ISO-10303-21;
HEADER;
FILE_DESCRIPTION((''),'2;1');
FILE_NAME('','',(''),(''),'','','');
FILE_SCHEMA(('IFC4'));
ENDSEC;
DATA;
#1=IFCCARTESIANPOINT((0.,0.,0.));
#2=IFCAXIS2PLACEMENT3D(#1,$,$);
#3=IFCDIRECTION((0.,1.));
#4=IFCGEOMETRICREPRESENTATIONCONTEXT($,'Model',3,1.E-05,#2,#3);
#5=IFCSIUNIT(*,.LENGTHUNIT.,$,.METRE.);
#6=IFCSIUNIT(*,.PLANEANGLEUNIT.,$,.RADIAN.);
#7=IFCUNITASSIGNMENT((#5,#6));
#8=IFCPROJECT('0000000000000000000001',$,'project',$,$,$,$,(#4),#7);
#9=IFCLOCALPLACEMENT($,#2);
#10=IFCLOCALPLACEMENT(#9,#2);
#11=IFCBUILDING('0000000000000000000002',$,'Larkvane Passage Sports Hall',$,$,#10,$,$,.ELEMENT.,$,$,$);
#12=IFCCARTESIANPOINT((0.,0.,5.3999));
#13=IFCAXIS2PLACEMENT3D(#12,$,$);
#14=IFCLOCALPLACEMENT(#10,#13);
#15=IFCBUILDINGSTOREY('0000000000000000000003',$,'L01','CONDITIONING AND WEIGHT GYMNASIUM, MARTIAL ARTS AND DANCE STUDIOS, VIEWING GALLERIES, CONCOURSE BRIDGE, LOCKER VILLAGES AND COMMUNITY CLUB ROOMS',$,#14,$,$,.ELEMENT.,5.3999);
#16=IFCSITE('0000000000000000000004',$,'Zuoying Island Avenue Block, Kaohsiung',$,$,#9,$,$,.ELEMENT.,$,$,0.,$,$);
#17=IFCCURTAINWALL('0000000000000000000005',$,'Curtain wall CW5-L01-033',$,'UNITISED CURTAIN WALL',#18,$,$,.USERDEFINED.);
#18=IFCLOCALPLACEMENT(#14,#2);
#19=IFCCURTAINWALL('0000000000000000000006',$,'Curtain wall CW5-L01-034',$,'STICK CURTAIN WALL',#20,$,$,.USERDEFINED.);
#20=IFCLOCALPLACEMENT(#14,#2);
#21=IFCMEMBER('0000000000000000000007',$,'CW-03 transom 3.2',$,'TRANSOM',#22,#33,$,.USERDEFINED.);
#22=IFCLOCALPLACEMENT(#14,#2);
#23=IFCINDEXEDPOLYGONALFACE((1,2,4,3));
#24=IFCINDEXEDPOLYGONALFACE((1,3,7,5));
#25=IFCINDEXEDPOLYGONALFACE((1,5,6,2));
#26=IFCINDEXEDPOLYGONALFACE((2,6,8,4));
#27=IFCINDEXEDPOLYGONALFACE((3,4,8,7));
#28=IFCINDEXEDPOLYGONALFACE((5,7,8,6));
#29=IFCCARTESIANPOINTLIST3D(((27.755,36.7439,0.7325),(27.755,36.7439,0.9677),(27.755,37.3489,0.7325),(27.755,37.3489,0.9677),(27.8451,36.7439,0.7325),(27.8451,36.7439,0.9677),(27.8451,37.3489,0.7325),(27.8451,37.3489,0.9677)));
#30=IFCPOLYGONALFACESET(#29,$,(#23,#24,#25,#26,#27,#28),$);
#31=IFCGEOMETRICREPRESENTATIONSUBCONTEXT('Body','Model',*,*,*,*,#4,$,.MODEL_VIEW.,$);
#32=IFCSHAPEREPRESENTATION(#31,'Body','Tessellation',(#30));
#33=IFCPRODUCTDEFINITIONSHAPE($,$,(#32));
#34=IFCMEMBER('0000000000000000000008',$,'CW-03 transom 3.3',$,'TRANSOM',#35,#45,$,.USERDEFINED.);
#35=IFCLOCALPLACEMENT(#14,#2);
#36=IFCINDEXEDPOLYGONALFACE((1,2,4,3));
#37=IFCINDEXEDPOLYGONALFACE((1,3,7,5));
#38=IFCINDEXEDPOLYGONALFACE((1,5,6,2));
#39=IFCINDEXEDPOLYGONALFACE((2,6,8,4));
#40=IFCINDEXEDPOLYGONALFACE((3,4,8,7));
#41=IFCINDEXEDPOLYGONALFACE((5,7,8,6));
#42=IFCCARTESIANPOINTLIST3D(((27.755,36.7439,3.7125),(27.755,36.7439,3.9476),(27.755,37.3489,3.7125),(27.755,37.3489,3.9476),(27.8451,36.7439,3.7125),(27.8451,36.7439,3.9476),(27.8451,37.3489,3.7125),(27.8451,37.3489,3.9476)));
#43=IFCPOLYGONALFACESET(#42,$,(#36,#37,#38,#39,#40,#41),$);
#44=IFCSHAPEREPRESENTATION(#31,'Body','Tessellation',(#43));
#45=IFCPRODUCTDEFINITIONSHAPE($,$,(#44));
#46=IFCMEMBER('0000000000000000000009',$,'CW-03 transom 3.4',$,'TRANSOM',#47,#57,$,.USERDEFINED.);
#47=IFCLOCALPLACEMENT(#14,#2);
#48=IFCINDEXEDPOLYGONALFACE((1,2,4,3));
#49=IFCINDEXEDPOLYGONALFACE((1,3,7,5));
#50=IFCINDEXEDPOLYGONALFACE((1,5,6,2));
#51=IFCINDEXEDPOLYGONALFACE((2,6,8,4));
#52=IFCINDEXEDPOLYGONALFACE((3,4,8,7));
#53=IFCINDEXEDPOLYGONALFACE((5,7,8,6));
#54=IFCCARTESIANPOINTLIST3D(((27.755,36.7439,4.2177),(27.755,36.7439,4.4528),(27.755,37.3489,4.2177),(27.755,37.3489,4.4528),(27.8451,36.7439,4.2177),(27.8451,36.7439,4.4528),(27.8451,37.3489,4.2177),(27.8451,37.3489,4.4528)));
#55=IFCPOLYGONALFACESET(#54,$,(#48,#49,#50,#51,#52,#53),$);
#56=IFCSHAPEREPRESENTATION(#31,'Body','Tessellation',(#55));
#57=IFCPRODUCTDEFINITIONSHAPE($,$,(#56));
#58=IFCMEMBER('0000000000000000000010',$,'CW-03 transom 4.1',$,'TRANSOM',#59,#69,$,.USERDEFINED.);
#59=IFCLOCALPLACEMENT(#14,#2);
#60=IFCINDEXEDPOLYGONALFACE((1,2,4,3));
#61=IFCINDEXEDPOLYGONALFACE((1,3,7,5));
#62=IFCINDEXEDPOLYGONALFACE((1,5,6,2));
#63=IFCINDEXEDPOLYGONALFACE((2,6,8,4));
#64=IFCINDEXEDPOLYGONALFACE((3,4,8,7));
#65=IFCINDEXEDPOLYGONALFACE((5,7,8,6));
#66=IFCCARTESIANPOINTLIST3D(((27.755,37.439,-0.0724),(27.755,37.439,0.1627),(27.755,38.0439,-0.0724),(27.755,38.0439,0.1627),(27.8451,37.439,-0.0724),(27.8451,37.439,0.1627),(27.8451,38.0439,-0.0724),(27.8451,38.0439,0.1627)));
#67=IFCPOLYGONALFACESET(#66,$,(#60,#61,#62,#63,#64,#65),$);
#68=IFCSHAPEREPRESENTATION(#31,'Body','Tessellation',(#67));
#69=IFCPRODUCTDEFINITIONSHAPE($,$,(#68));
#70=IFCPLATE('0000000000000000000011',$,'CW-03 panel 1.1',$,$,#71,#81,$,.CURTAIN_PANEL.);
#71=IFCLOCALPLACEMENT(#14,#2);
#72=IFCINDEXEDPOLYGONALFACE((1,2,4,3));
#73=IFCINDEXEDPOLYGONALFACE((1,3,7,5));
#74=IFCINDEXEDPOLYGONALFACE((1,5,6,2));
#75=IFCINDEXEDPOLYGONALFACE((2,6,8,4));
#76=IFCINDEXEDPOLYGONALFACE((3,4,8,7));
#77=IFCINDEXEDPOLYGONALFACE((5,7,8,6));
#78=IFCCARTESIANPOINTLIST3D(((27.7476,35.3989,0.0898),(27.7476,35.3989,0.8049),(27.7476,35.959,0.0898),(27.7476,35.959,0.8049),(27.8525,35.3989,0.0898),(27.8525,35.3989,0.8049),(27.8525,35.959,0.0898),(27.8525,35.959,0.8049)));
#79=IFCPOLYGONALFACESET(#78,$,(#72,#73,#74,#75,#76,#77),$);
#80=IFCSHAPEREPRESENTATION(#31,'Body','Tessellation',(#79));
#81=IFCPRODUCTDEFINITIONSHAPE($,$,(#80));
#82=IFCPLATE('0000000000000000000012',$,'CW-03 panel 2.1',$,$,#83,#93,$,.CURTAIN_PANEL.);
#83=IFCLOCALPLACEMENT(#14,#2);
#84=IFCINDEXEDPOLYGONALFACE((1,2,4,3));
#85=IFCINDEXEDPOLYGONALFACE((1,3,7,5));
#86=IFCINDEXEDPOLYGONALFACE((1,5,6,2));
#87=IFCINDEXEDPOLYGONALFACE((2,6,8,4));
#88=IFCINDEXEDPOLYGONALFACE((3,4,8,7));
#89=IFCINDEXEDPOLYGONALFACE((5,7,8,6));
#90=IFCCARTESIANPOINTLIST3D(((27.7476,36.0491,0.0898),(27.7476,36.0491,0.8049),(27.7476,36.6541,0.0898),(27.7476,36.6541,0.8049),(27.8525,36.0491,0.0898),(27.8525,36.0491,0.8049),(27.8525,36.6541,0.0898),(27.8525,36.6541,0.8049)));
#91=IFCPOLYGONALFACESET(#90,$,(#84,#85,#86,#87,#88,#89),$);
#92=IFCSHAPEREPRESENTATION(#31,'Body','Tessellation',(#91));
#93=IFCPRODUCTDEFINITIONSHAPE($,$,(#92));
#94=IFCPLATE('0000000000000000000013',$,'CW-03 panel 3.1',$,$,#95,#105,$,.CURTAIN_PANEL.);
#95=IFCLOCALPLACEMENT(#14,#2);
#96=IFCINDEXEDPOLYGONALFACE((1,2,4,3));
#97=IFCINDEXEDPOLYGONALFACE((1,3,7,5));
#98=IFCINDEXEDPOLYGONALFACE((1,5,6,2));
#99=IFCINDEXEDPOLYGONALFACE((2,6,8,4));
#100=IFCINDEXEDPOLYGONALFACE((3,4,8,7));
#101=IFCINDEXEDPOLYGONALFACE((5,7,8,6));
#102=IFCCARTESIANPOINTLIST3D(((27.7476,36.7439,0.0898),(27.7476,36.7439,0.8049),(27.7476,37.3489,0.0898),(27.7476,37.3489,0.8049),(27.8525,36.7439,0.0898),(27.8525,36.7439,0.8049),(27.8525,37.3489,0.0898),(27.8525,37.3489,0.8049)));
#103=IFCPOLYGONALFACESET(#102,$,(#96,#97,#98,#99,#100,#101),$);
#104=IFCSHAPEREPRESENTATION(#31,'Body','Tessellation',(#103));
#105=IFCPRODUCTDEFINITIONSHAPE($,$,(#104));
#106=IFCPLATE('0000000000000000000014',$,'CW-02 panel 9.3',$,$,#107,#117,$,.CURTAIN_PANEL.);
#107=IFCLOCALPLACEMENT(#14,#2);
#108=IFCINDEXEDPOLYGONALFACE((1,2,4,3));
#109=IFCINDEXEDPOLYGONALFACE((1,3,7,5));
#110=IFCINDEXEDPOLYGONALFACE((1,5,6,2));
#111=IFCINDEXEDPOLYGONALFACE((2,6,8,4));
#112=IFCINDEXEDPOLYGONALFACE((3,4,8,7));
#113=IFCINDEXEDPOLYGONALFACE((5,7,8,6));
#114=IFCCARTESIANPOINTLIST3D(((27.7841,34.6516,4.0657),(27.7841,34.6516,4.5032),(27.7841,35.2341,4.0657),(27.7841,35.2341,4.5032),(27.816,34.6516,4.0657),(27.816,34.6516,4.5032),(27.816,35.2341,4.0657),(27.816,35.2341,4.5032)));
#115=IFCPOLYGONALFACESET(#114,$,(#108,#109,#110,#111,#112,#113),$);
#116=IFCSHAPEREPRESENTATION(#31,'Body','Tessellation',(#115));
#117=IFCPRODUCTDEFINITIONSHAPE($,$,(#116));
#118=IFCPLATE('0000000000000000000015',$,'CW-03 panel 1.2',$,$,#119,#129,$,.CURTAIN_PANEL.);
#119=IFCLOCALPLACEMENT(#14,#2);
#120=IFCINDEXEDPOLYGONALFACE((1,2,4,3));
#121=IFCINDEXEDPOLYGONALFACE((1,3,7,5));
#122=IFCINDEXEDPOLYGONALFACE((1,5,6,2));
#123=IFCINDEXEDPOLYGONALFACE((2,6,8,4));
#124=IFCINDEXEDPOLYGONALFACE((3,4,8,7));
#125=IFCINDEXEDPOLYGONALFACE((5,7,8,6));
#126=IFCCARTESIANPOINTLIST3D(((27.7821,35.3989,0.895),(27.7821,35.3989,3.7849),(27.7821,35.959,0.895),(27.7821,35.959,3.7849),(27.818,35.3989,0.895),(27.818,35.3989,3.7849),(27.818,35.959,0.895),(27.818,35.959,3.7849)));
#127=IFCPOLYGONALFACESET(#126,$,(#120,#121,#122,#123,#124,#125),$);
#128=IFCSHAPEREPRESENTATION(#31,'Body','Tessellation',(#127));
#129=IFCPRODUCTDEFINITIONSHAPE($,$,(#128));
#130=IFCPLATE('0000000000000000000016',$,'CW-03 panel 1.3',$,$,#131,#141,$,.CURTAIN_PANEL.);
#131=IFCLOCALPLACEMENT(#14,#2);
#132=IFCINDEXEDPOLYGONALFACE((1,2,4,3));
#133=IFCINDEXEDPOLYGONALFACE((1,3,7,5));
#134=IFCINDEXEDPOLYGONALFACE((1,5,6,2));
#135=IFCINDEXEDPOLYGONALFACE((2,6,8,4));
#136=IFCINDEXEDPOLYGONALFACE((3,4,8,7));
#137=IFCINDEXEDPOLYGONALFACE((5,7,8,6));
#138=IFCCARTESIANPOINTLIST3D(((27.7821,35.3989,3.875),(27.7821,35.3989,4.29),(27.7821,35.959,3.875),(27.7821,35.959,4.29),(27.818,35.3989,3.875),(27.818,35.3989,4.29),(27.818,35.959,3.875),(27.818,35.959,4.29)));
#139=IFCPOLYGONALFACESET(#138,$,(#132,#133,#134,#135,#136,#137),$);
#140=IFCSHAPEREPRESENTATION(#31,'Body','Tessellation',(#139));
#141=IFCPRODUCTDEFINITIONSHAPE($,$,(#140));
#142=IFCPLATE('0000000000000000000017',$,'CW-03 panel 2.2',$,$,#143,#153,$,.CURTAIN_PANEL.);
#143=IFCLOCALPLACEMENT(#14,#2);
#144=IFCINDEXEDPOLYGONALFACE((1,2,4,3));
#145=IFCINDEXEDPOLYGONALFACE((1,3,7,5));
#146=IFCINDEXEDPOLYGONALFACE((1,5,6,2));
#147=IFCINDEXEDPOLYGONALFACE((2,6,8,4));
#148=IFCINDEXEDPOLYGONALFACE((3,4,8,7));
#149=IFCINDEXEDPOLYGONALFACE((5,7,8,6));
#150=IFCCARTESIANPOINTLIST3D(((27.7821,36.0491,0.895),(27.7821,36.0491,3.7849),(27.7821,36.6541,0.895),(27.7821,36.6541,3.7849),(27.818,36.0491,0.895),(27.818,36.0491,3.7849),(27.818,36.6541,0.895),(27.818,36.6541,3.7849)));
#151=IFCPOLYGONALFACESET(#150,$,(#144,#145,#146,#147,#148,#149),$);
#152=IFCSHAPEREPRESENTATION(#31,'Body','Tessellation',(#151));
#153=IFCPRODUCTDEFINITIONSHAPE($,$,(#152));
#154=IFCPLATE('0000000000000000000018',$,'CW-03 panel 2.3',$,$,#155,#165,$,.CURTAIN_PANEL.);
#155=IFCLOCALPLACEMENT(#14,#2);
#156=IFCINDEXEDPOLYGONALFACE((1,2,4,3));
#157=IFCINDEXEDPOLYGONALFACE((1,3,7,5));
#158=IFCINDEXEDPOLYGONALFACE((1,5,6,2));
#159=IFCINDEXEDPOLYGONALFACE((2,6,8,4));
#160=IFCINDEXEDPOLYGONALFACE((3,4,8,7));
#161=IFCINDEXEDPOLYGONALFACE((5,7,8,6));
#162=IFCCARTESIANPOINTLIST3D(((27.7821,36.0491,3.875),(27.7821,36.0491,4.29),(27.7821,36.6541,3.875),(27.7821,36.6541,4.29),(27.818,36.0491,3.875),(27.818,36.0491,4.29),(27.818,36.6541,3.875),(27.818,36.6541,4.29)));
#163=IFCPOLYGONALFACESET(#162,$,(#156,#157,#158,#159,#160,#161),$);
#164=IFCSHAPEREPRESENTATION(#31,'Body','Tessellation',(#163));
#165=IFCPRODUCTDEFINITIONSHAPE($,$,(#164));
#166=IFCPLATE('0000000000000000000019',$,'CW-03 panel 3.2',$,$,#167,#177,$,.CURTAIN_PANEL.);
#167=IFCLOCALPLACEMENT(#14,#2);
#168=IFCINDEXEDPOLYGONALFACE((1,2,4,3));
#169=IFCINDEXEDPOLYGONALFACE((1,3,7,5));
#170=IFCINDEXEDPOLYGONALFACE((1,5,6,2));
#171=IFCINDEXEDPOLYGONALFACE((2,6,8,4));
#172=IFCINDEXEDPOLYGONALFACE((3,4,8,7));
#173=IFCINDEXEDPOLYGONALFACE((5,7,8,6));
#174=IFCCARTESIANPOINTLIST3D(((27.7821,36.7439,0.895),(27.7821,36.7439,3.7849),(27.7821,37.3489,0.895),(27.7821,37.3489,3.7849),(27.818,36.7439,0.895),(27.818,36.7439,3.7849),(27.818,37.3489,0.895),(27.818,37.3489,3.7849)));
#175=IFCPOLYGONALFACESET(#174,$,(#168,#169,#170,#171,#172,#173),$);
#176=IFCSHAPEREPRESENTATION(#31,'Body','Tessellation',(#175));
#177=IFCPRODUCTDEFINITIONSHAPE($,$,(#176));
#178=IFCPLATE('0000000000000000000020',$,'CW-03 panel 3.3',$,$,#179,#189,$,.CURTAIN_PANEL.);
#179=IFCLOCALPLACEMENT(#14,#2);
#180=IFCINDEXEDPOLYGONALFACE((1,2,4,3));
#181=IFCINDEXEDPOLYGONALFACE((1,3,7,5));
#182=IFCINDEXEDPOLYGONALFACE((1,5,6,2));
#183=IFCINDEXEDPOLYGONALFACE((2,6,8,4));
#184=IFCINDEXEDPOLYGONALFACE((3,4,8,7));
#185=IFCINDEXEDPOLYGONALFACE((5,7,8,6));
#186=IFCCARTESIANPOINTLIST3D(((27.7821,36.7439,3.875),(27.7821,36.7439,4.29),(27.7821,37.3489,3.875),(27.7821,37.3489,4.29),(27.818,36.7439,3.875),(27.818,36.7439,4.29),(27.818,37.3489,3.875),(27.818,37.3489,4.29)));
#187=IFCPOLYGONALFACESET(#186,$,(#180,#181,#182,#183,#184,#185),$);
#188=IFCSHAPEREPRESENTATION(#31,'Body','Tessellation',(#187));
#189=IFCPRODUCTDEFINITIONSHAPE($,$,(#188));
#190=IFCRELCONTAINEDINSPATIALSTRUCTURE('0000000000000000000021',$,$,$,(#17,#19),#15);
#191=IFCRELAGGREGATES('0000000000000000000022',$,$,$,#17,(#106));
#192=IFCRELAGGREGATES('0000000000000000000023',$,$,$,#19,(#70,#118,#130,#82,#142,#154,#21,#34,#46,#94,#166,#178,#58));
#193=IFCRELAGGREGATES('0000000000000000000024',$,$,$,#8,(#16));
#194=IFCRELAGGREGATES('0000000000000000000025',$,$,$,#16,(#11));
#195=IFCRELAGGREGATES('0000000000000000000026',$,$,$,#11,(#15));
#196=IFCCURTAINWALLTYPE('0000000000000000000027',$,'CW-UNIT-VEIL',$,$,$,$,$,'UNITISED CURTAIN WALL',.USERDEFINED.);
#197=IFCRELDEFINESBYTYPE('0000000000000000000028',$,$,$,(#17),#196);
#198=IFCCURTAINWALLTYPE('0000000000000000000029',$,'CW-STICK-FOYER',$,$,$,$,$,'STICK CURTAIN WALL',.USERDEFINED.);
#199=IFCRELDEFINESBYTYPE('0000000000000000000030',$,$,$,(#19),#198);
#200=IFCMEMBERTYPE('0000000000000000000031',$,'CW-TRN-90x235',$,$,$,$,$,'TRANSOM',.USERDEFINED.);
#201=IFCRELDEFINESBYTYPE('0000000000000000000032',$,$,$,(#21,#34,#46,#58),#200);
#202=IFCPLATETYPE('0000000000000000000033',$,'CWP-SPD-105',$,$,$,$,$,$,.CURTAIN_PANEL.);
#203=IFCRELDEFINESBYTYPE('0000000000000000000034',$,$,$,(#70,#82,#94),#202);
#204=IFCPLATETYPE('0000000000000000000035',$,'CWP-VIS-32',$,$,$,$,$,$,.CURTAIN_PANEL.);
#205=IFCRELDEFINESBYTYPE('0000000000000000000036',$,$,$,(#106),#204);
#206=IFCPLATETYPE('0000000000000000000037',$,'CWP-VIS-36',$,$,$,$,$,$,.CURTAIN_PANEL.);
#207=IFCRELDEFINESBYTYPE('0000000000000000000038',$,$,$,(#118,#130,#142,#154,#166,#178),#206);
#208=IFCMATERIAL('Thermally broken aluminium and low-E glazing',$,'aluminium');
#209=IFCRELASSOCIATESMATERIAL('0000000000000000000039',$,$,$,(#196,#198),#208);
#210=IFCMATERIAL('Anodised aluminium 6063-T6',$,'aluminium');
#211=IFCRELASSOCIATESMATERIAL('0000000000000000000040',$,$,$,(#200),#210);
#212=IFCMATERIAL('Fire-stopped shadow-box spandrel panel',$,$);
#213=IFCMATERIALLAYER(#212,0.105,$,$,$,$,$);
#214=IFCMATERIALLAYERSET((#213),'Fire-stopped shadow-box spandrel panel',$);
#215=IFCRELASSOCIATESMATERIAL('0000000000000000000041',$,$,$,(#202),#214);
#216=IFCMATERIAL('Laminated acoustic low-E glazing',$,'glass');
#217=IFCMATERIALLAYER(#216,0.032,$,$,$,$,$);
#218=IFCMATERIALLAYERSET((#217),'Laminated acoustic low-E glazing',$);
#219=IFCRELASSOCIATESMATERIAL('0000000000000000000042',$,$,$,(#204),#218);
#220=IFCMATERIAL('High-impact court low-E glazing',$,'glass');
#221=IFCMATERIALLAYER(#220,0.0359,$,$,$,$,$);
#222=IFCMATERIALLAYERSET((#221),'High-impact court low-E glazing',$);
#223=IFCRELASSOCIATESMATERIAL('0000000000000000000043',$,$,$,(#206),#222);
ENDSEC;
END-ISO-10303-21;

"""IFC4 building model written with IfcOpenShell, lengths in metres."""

from ifc_helpers import new_model, si_unit, direction, frame, origin, origin_2d, place, context, subcontext, project, spatial, rectangle, extrude, material, layer, layer_set, material_profile, profile_set, type_object, element, aggregate, save


model = new_model("IFC4")

# Units and contexts
model_context = context("Model", 3, precision=1e-05, world=origin(), true_north=direction((0.0, 1.0)))
body_context = subcontext(model_context, "Body", "Model", "MODEL_VIEW")
ifc_project = project(units=[si_unit("LENGTHUNIT", "METRE"), si_unit("PLANEANGLEUNIT", "RADIAN")], contexts=[model_context])

# Site, building, storey
site_placement = place(None, origin())
site = spatial("IfcSite", under=ifc_project, at=site_placement, Name="Zuoying Island Avenue Block, Kaohsiung", CompositionType="ELEMENT", RefElevation=0.0)
building_placement = place(site_placement, origin())
building = spatial("IfcBuilding", under=site, at=building_placement, Name="Larkvane Passage Sports Hall", CompositionType="ELEMENT")
storey_placement = place(building_placement, frame((0.0, 0.0, 5.3999)))
storey = spatial("IfcBuildingStorey", under=building, at=storey_placement, Name="L01", Description="CONDITIONING AND WEIGHT GYMNASIUM, MARTIAL ARTS AND DANCE STUDIOS, VIEWING GALLERIES, CONCOURSE BRIDGE, LOCKER VILLAGES AND COMMUNITY CLUB ROOMS", CompositionType="ELEMENT", Elevation=5.3999)

# Curtain wall
ifc_material_1 = material(Name="Thermally broken aluminium and low-E glazing", Category="aluminium")
curtain_wall_type_1 = type_object("IfcCurtainWallType", Name="CW-UNIT-VEIL", ElementType="UNITISED CURTAIN WALL", PredefinedType="USERDEFINED", material=ifc_material_1)
curtain_wall_1_placement = place(storey_placement, origin())
curtain_wall_1 = element("IfcCurtainWall", 1, at=curtain_wall_1_placement, inside=storey, type_object=curtain_wall_type_1, Name="Curtain wall CW5-L01-033", ObjectType="UNITISED CURTAIN WALL", PredefinedType="USERDEFINED")
ifc_material_2 = material(Name="Anodised aluminium 6063-T6", Category="aluminium")

# Curtain wall, members, plates
curtain_wall_type_2 = type_object("IfcCurtainWallType", Name="CW-STICK-FOYER", ElementType="STICK CURTAIN WALL", PredefinedType="USERDEFINED", material=ifc_material_1)
curtain_wall_2_placement = place(storey_placement, origin())
curtain_wall_2 = element("IfcCurtainWall", 2, at=curtain_wall_2_placement, inside=storey, type_object=curtain_wall_type_2, Name="Curtain wall CW5-L01-034", ObjectType="STICK CURTAIN WALL", PredefinedType="USERDEFINED")
ifc_material_profile_1 = material_profile(ifc_material_2, rectangle(XDim=0.0901, YDim=0.2351, at=origin_2d()), Name="ALU-TRN-90x235")
ifc_profile_set_1 = profile_set([ifc_material_profile_1], Name="Anodised aluminium 6063-T6")
member_type_1 = type_object("IfcMemberType", Name="CW-TRN-90x235", ElementType="TRANSOM", PredefinedType="USERDEFINED", material=ifc_profile_set_1)
member_1_placement = place(storey_placement, frame((27.8, 36.7439, 0.8501), z_axis=(0.0, 1.0, 0.0), x_axis=(-1.0, 0.0, 0.0)))
member_1 = element("IfcMember", 3, at=member_1_placement, type_object=member_type_1, Name="CW-03 transom 3.2", ObjectType="TRANSOM", PredefinedType="USERDEFINED", context=body_context, shape_type="SweptSolid", body=[
    extrude(rectangle(XDim=0.0901, YDim=0.2351, at=origin_2d()), origin(), (0.0, 0.0, 1.0), 0.605),
])
member_2_placement = place(storey_placement, frame((27.8, 36.7439, 3.8301), z_axis=(0.0, 1.0, 0.0), x_axis=(-1.0, 0.0, 0.0)))
member_2 = element("IfcMember", 4, at=member_2_placement, type_object=member_type_1, Name="CW-03 transom 3.3", ObjectType="TRANSOM", PredefinedType="USERDEFINED", context=body_context, shape_type="SweptSolid", body=[
    extrude(rectangle(XDim=0.0901, YDim=0.2351, at=origin_2d()), origin(), (0.0, 0.0, 1.0), 0.605),
])
member_3_placement = place(storey_placement, frame((27.8, 36.7439, 4.3352), z_axis=(0.0, 1.0, 0.0), x_axis=(-1.0, 0.0, 0.0)))
member_3 = element("IfcMember", 5, at=member_3_placement, type_object=member_type_1, Name="CW-03 transom 3.4", ObjectType="TRANSOM", PredefinedType="USERDEFINED", context=body_context, shape_type="SweptSolid", body=[
    extrude(rectangle(XDim=0.0901, YDim=0.2351, at=origin_2d()), origin(), (0.0, 0.0, 1.0), 0.605),
])
member_4_placement = place(storey_placement, frame((27.8, 37.439, 0.0452), z_axis=(0.0, 1.0, 0.0), x_axis=(-1.0, 0.0, 0.0)))
member_4 = element("IfcMember", 6, at=member_4_placement, type_object=member_type_1, Name="CW-03 transom 4.1", ObjectType="TRANSOM", PredefinedType="USERDEFINED", context=body_context, shape_type="SweptSolid", body=[
    extrude(rectangle(XDim=0.0901, YDim=0.2351, at=origin_2d()), origin(), (0.0, 0.0, 1.0), 0.605),
])
ifc_material_3 = material(Name="Fire-stopped shadow-box spandrel panel")
ifc_layer_1 = layer(ifc_material_3, 0.105)
ifc_layer_set_1 = layer_set([ifc_layer_1], Name="Fire-stopped shadow-box spandrel panel")
plate_type_1 = type_object("IfcPlateType", Name="CWP-SPD-105", PredefinedType="CURTAIN_PANEL", material=ifc_layer_set_1)
plate_1_placement = place(storey_placement, frame((27.8, 35.679, 0.0898), z_axis=(0.0, 0.0, 1.0), x_axis=(0.0, 1.0, 0.0)))
plate_1 = element("IfcPlate", 7, at=plate_1_placement, type_object=plate_type_1, Name="CW-03 panel 1.1", PredefinedType="CURTAIN_PANEL", context=body_context, shape_type="SweptSolid", body=[
    extrude(rectangle(XDim=0.5601, YDim=0.105, at=origin_2d()), origin(), (0.0, 0.0, 1.0), 0.7151),
])
plate_2_placement = place(storey_placement, frame((27.8, 36.3516, 0.0898), z_axis=(0.0, 0.0, 1.0), x_axis=(0.0, 1.0, 0.0)))
plate_2 = element("IfcPlate", 8, at=plate_2_placement, type_object=plate_type_1, Name="CW-03 panel 2.1", PredefinedType="CURTAIN_PANEL", context=body_context, shape_type="SweptSolid", body=[
    extrude(rectangle(XDim=0.605, YDim=0.105, at=origin_2d()), origin(), (0.0, 0.0, 1.0), 0.7151),
])
plate_3_placement = place(storey_placement, frame((27.8, 37.0464, 0.0898), z_axis=(0.0, 0.0, 1.0), x_axis=(0.0, 1.0, 0.0)))
plate_3 = element("IfcPlate", 9, at=plate_3_placement, type_object=plate_type_1, Name="CW-03 panel 3.1", PredefinedType="CURTAIN_PANEL", context=body_context, shape_type="SweptSolid", body=[
    extrude(rectangle(XDim=0.605, YDim=0.105, at=origin_2d()), origin(), (0.0, 0.0, 1.0), 0.7151),
])

# Plates
ifc_material_4 = material(Name="Laminated acoustic low-E glazing", Category="glass")
ifc_layer_2 = layer(ifc_material_4, 0.032)
ifc_layer_set_2 = layer_set([ifc_layer_2], Name="Laminated acoustic low-E glazing")
plate_type_2 = type_object("IfcPlateType", Name="CWP-VIS-32", PredefinedType="CURTAIN_PANEL", material=ifc_layer_set_2)
plate_4_placement = place(storey_placement, frame((27.8, 34.9429, 4.0657), z_axis=(0.0, 0.0, 1.0), x_axis=(0.0, 1.0, 0.0)))
plate_4 = element("IfcPlate", 10, at=plate_4_placement, type_object=plate_type_2, Name="CW-02 panel 9.3", PredefinedType="CURTAIN_PANEL", context=body_context, shape_type="SweptSolid", body=[
    extrude(rectangle(XDim=0.5825, YDim=0.032, at=origin_2d()), origin(), (0.0, 0.0, 1.0), 0.4375),
])
aggregate(curtain_wall_1, [plate_4])
ifc_material_5 = material(Name="High-impact court low-E glazing", Category="glass")
ifc_layer_3 = layer(ifc_material_5, 0.0359)
ifc_layer_set_3 = layer_set([ifc_layer_3], Name="High-impact court low-E glazing")
plate_type_3 = type_object("IfcPlateType", Name="CWP-VIS-36", PredefinedType="CURTAIN_PANEL", material=ifc_layer_set_3)
plate_5_placement = place(storey_placement, frame((27.8, 35.679, 0.895), z_axis=(0.0, 0.0, 1.0), x_axis=(0.0, 1.0, 0.0)))
plate_5 = element("IfcPlate", 11, at=plate_5_placement, type_object=plate_type_3, Name="CW-03 panel 1.2", PredefinedType="CURTAIN_PANEL", context=body_context, shape_type="SweptSolid", body=[
    extrude(rectangle(XDim=0.5601, YDim=0.0359, at=origin_2d()), origin(), (0.0, 0.0, 1.0), 2.8899),
])
plate_6_placement = place(storey_placement, frame((27.8, 35.679, 3.875), z_axis=(0.0, 0.0, 1.0), x_axis=(0.0, 1.0, 0.0)))
plate_6 = element("IfcPlate", 12, at=plate_6_placement, type_object=plate_type_3, Name="CW-03 panel 1.3", PredefinedType="CURTAIN_PANEL", context=body_context, shape_type="SweptSolid", body=[
    extrude(rectangle(XDim=0.5601, YDim=0.0359, at=origin_2d()), origin(), (0.0, 0.0, 1.0), 0.415),
])
plate_7_placement = place(storey_placement, frame((27.8, 36.3516, 0.895), z_axis=(0.0, 0.0, 1.0), x_axis=(0.0, 1.0, 0.0)))
plate_7 = element("IfcPlate", 13, at=plate_7_placement, type_object=plate_type_3, Name="CW-03 panel 2.2", PredefinedType="CURTAIN_PANEL", context=body_context, shape_type="SweptSolid", body=[
    extrude(rectangle(XDim=0.605, YDim=0.0359, at=origin_2d()), origin(), (0.0, 0.0, 1.0), 2.8899),
])
plate_8_placement = place(storey_placement, frame((27.8, 36.3516, 3.875), z_axis=(0.0, 0.0, 1.0), x_axis=(0.0, 1.0, 0.0)))
plate_8 = element("IfcPlate", 14, at=plate_8_placement, type_object=plate_type_3, Name="CW-03 panel 2.3", PredefinedType="CURTAIN_PANEL", context=body_context, shape_type="SweptSolid", body=[
    extrude(rectangle(XDim=0.605, YDim=0.0359, at=origin_2d()), origin(), (0.0, 0.0, 1.0), 0.415),
])
plate_9_placement = place(storey_placement, frame((27.8, 37.0464, 0.895), z_axis=(0.0, 0.0, 1.0), x_axis=(0.0, 1.0, 0.0)))
plate_9 = element("IfcPlate", 15, at=plate_9_placement, type_object=plate_type_3, Name="CW-03 panel 3.2", PredefinedType="CURTAIN_PANEL", context=body_context, shape_type="SweptSolid", body=[
    extrude(rectangle(XDim=0.605, YDim=0.0359, at=origin_2d()), origin(), (0.0, 0.0, 1.0), 2.8899),
])
plate_10_placement = place(storey_placement, frame((27.8, 37.0464, 3.875), z_axis=(0.0, 0.0, 1.0), x_axis=(0.0, 1.0, 0.0)))
plate_10 = element("IfcPlate", 16, at=plate_10_placement, type_object=plate_type_3, Name="CW-03 panel 3.3", PredefinedType="CURTAIN_PANEL", context=body_context, shape_type="SweptSolid", body=[
    extrude(rectangle(XDim=0.605, YDim=0.0359, at=origin_2d()), origin(), (0.0, 0.0, 1.0), 0.415),
])
aggregate(curtain_wall_2, [plate_1, plate_5, plate_6, plate_2, plate_7, plate_8, member_1, member_2, member_3, plate_3, plate_9, plate_10, member_4])

save(model, "model.ifc")
